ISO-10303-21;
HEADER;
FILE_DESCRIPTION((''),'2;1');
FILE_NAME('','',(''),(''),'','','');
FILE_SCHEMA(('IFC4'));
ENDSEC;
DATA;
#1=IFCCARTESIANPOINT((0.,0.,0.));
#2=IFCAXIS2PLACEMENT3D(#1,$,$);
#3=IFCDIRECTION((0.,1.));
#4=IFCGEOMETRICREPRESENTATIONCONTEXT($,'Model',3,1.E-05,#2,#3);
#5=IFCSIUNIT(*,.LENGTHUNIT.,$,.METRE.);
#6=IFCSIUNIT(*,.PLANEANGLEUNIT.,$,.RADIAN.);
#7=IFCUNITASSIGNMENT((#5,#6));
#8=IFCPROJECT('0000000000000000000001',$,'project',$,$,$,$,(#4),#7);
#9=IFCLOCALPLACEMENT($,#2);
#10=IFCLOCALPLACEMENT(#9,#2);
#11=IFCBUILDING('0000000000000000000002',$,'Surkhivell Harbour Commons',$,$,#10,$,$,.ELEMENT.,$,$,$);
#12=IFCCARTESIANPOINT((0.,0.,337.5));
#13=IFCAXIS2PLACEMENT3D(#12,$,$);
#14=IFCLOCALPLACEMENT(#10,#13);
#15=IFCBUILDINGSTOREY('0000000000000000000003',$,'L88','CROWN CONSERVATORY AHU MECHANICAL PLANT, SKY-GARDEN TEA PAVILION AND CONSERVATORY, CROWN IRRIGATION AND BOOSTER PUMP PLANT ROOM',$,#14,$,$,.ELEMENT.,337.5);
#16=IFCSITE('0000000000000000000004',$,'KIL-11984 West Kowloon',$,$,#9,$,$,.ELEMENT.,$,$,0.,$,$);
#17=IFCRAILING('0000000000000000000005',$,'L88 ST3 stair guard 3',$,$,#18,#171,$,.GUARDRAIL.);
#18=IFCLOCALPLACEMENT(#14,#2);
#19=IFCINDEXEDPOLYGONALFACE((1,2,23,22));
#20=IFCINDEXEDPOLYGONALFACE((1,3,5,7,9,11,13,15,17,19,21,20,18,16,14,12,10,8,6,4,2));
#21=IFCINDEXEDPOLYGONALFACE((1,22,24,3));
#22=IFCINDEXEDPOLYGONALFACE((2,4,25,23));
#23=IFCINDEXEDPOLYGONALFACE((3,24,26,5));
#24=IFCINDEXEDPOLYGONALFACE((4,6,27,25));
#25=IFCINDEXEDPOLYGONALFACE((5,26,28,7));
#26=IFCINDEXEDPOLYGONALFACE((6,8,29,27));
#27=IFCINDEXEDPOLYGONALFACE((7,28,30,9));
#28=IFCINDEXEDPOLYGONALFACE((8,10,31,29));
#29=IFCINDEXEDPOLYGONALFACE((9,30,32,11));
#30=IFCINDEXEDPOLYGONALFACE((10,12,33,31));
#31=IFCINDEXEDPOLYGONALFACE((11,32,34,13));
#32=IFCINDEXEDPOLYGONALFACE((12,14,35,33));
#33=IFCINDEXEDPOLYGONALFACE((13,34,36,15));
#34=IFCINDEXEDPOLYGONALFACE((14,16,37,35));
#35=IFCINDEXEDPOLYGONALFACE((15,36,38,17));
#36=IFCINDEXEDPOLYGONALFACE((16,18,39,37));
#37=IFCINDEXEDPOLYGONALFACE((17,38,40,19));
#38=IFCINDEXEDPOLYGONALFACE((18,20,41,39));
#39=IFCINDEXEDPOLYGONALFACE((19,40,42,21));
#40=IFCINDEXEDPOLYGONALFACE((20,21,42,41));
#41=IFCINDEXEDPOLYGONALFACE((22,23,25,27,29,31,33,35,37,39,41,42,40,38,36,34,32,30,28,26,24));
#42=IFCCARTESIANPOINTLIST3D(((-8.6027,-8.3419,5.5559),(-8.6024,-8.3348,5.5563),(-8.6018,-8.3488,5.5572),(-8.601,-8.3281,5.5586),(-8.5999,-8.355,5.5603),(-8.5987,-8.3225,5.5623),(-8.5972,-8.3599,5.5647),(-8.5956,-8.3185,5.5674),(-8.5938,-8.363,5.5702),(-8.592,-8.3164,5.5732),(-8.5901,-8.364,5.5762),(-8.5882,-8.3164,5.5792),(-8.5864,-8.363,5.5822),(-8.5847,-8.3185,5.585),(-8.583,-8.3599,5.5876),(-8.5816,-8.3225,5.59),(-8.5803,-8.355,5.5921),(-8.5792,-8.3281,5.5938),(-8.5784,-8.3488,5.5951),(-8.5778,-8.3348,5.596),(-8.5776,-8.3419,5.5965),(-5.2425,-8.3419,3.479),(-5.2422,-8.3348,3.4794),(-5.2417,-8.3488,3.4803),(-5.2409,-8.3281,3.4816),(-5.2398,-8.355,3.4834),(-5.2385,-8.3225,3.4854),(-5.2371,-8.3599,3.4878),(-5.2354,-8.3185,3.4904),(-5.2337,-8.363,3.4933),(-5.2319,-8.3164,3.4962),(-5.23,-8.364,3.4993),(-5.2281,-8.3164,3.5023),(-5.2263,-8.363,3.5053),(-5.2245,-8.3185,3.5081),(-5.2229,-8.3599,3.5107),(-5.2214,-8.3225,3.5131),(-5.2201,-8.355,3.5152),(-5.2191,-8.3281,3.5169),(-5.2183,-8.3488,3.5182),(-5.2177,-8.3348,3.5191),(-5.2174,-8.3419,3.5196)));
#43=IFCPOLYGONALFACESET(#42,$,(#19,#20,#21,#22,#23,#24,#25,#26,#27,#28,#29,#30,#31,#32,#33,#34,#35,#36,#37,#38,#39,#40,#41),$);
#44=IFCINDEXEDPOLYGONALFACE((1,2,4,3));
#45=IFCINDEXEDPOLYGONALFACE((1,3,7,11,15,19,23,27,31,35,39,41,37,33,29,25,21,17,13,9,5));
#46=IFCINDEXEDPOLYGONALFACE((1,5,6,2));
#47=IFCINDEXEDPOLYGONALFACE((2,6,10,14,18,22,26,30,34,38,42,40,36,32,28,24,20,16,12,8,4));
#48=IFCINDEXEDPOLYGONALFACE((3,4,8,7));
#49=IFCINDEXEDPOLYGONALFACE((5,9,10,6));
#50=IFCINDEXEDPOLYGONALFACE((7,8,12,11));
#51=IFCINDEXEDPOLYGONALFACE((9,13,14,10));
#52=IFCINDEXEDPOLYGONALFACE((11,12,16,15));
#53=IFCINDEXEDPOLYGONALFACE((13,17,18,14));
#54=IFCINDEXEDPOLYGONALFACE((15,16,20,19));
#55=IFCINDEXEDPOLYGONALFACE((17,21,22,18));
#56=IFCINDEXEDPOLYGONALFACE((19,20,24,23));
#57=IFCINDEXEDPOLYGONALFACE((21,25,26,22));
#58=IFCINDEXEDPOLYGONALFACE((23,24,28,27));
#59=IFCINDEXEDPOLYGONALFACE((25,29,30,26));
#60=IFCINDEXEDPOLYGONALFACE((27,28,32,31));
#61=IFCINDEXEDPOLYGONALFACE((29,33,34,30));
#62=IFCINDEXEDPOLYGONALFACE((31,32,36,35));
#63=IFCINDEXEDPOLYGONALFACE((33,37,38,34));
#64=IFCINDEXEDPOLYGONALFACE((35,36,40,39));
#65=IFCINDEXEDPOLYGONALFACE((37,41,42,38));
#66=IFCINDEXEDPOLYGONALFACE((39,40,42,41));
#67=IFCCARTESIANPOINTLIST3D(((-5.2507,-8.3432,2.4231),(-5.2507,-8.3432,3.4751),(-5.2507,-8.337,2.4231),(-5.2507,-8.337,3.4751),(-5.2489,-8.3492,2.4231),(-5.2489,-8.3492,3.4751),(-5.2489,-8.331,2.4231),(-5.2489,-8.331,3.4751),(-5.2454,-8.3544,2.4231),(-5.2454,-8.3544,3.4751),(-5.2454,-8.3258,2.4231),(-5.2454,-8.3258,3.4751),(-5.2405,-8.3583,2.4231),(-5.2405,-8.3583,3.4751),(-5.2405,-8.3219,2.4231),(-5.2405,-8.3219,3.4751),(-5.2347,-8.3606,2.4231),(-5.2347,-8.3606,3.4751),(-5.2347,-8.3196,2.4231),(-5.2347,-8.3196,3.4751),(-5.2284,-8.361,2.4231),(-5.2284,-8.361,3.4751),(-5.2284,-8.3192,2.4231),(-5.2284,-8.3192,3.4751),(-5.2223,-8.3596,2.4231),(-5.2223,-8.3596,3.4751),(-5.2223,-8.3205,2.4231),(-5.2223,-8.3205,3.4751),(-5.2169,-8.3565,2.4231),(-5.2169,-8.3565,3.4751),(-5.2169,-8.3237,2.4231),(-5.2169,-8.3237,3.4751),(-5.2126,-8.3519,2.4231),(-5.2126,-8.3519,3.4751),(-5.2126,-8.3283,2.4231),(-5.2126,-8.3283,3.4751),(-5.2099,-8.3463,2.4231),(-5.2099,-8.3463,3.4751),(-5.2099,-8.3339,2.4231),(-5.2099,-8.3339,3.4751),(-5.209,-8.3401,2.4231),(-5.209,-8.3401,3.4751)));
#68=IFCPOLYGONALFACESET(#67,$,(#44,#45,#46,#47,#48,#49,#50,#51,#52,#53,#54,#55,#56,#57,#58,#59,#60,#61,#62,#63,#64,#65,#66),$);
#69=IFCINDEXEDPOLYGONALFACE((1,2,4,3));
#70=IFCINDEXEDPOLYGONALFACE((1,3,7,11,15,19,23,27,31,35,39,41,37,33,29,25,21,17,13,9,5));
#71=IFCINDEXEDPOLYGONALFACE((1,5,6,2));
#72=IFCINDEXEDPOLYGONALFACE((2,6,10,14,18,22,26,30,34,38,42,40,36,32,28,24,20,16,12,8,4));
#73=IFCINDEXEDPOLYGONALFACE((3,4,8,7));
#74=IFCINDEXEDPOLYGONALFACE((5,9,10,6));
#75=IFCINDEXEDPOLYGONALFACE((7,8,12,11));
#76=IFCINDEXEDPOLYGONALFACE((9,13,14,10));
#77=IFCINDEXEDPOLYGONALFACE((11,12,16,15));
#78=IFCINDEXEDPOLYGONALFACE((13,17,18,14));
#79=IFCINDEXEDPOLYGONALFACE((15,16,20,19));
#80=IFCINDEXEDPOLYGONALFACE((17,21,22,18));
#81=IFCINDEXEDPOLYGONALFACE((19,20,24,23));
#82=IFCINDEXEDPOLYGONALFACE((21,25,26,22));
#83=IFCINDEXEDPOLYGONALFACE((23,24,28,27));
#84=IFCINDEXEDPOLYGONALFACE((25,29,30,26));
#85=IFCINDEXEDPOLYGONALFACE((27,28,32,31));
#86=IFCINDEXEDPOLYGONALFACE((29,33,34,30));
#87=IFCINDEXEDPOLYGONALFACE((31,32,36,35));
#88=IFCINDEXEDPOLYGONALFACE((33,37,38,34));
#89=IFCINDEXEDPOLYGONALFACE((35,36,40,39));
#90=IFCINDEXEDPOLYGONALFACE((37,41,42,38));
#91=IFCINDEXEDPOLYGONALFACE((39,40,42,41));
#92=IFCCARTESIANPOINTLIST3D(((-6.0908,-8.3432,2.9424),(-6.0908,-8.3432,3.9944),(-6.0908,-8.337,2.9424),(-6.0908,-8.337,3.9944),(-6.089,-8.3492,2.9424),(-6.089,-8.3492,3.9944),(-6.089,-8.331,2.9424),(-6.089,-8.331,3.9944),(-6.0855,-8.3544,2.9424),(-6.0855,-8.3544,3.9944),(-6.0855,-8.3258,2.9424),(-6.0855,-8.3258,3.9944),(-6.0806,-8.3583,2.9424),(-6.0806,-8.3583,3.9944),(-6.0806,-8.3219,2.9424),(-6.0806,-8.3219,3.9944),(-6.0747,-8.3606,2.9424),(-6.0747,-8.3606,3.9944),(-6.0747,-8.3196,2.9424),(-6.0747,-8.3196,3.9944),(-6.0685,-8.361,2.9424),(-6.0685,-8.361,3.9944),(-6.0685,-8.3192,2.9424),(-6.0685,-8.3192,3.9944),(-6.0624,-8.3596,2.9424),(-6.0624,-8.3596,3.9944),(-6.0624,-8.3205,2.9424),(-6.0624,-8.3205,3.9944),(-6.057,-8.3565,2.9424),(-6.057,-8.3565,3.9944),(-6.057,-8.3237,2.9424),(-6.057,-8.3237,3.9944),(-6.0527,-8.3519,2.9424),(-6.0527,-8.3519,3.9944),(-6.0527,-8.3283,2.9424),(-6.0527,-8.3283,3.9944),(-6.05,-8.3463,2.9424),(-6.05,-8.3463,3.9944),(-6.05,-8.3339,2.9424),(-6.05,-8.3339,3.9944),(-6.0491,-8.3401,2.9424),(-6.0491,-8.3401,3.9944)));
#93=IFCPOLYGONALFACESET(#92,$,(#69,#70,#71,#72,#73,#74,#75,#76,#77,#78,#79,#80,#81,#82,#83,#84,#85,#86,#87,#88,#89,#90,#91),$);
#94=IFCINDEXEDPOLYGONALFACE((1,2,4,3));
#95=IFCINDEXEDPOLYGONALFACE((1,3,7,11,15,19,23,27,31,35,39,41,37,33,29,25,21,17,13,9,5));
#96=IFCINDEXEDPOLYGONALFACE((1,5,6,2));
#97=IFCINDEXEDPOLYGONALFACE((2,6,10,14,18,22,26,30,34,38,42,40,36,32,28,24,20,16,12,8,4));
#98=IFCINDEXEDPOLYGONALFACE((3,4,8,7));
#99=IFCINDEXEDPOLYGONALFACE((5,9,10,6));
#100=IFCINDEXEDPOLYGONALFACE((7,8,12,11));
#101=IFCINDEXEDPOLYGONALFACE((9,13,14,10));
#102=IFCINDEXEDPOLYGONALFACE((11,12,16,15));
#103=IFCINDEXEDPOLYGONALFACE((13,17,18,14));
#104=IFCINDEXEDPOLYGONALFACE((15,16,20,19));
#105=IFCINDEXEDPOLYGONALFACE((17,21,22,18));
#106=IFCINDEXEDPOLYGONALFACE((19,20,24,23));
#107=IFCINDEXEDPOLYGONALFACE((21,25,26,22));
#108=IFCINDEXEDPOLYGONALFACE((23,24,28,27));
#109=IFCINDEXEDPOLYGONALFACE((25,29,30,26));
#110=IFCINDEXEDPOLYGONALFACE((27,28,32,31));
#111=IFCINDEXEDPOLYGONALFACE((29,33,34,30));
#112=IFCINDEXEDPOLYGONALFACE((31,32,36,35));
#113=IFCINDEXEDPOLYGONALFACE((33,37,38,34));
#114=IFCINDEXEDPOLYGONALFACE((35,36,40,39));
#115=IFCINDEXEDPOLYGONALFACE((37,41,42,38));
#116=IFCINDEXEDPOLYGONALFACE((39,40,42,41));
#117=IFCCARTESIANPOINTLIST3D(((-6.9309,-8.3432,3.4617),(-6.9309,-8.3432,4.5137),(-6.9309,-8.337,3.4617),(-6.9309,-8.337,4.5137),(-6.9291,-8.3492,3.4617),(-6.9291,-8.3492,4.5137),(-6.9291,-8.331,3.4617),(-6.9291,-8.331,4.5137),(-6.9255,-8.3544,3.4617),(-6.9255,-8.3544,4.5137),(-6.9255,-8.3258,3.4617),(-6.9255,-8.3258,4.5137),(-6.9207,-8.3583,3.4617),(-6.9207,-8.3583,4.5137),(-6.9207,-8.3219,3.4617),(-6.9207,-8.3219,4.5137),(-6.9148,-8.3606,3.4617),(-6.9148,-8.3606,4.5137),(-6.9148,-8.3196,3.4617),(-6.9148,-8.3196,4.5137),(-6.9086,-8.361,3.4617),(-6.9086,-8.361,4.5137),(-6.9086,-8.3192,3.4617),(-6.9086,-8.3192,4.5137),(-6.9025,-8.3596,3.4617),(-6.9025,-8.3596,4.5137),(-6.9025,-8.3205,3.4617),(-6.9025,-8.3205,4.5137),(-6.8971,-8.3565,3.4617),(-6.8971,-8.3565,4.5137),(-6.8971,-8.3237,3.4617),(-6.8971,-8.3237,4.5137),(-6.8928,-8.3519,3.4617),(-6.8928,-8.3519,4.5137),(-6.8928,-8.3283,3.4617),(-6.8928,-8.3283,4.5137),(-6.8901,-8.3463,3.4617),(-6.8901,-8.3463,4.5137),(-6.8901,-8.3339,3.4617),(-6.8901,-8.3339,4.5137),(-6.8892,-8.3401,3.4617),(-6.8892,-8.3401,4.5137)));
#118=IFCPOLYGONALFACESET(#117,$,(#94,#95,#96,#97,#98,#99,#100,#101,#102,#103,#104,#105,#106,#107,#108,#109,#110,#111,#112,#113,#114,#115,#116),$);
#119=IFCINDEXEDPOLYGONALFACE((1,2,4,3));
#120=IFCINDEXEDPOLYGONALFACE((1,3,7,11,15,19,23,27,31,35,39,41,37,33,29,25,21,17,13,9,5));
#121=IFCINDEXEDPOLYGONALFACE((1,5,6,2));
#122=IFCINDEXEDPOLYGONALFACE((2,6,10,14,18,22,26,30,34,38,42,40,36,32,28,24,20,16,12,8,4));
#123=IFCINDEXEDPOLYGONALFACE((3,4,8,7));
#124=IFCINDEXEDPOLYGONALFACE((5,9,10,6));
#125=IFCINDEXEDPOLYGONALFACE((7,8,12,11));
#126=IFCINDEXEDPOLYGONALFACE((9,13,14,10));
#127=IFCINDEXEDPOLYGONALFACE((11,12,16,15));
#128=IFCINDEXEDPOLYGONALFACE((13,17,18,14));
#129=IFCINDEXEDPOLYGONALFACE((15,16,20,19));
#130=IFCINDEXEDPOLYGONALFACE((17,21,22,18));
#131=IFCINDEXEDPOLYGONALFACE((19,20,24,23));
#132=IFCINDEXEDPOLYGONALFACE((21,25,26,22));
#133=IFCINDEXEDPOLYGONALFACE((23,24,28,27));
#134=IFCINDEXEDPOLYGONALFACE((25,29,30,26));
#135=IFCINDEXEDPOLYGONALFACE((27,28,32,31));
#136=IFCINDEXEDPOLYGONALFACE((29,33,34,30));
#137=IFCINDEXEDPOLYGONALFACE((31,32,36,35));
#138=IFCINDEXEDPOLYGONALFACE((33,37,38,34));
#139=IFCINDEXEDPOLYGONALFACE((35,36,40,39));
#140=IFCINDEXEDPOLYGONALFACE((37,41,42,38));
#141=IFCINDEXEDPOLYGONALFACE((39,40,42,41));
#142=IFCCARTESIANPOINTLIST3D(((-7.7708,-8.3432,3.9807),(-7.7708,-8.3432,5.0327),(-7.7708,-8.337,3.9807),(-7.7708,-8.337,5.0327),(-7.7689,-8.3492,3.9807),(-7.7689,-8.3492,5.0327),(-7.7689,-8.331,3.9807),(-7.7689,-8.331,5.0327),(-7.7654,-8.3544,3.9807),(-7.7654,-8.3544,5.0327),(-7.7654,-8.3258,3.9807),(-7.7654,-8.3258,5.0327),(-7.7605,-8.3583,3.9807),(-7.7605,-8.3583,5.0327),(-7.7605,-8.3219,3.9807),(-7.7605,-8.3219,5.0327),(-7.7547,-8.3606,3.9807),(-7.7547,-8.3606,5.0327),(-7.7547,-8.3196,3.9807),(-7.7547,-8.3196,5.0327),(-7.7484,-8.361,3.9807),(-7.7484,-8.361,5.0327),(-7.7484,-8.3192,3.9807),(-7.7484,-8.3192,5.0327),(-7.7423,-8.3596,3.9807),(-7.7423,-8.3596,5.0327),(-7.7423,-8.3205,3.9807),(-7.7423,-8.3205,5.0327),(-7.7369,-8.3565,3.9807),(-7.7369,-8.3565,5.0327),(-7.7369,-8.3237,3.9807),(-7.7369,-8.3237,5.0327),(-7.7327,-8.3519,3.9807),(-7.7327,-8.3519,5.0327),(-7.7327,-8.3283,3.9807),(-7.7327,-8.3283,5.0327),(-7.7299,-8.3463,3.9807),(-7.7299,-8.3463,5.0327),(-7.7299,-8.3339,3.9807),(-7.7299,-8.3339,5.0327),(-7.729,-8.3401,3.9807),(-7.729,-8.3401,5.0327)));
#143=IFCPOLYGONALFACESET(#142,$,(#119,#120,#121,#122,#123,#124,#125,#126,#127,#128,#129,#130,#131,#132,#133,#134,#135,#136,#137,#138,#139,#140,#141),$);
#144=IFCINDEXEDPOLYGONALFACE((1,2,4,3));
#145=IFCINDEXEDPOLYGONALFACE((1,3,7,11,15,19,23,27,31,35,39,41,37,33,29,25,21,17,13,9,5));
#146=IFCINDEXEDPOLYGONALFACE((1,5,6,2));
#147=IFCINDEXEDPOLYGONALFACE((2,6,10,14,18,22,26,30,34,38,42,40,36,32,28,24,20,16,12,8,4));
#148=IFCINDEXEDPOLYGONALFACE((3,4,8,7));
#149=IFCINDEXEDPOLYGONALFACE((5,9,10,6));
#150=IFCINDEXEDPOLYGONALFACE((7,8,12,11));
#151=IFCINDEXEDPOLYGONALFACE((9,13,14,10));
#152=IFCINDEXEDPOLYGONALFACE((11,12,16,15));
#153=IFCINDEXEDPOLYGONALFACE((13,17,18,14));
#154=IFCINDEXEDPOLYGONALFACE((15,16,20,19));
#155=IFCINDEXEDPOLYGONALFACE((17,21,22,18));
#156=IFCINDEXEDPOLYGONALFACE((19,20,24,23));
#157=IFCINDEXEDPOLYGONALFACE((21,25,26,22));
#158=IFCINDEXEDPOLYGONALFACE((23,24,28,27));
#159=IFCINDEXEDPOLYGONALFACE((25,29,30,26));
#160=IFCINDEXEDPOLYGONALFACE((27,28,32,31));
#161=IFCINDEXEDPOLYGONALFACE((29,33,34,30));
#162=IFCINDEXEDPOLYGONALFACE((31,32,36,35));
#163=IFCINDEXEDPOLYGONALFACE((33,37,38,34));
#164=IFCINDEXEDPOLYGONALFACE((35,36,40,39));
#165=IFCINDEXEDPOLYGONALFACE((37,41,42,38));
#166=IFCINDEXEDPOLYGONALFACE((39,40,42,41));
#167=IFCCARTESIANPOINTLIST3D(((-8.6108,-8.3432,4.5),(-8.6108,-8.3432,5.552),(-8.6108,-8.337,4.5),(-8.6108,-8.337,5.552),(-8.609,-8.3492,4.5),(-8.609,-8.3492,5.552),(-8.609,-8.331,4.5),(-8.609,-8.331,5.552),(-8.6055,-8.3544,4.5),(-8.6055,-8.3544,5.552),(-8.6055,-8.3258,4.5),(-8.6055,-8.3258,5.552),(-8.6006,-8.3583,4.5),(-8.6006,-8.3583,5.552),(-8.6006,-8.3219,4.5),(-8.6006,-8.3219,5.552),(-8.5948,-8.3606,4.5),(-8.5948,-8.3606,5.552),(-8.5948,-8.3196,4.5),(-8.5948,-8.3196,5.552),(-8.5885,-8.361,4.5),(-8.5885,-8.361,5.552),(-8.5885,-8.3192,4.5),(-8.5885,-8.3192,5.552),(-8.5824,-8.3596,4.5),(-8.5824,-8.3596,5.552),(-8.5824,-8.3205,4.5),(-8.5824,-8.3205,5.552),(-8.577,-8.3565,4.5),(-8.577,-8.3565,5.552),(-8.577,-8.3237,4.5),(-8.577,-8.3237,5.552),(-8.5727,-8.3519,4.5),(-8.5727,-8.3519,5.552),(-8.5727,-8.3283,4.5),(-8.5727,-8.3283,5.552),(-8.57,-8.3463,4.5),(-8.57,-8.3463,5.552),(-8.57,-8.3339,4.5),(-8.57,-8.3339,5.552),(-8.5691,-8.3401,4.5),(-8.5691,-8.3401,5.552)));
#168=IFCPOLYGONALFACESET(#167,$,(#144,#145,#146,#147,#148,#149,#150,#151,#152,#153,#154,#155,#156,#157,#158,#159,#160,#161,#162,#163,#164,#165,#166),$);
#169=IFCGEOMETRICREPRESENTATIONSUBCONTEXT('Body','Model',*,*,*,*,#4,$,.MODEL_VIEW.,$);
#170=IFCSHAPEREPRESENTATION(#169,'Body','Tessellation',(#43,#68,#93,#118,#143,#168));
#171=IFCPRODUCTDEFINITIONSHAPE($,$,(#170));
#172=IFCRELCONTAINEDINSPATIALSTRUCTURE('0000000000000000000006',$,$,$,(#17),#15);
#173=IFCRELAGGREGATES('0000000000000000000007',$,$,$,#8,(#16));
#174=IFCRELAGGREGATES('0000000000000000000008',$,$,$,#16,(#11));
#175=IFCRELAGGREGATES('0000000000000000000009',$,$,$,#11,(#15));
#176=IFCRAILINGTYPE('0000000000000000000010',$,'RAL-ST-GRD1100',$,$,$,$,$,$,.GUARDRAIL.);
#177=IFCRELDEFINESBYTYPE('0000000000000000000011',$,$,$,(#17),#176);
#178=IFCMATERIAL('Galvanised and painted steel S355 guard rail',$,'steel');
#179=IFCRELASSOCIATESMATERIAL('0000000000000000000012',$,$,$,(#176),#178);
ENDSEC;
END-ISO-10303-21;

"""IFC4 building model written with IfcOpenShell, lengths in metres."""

from ifc_helpers import new_model, si_unit, direction, frame, origin, origin_2d, place, context, subcontext, project, spatial, circle, extrude, material, type_object, element, save


model = new_model("IFC4")

# Units and contexts
model_context = context("Model", 3, precision=1e-05, world=origin(), true_north=direction((0.0, 1.0)))
body_context = subcontext(model_context, "Body", "Model", "MODEL_VIEW")
ifc_project = project(units=[si_unit("LENGTHUNIT", "METRE"), si_unit("PLANEANGLEUNIT", "RADIAN")], contexts=[model_context])

# Site, building, storey
site_placement = place(None, origin())
site = spatial("IfcSite", under=ifc_project, at=site_placement, Name="KIL-11984 West Kowloon", CompositionType="ELEMENT", RefElevation=0.0)
building_placement = place(site_placement, origin())
building = spatial("IfcBuilding", under=site, at=building_placement, Name="Surkhivell Harbour Commons", CompositionType="ELEMENT")
storey_placement = place(building_placement, frame((0.0, 0.0, 337.5)))
storey = spatial("IfcBuildingStorey", under=building, at=storey_placement, Name="L88", Description="CROWN CONSERVATORY AHU MECHANICAL PLANT, SKY-GARDEN TEA PAVILION AND CONSERVATORY, CROWN IRRIGATION AND BOOSTER PUMP PLANT ROOM", CompositionType="ELEMENT", Elevation=337.5)

# Railing
ifc_material_1 = material(Name="Galvanised and painted steel S355 guard rail", Category="steel")
railing_type_1 = type_object("IfcRailingType", Name="RAL-ST-GRD1100", PredefinedType="GUARDRAIL", material=ifc_material_1)
railing_1_placement = place(storey_placement, frame((-5.23, -8.3401, 2.4231)))
element("IfcRailing", 1, at=railing_1_placement, inside=storey, type_object=railing_type_1, Name="L88 ST3 stair guard 3", PredefinedType="GUARDRAIL", context=body_context, shape_type="SweptSolid", body=[
    extrude(circle(Radius=0.0239, at=origin_2d()), frame((0.0, 0.0, 1.0762), z_axis=(-0.850623, 0.0, 0.525776), x_axis=(0.0, -1.0, 0.0)), (0.0, 0.0, 1.0), 3.9502),
    extrude(circle(Radius=0.021, at=origin_2d()), origin(), (0.0, 0.0, 1.0), 1.052),
    extrude(circle(Radius=0.021, at=origin_2d()), frame((-0.8401, 0.0, 0.5193)), (0.0, 0.0, 1.0), 1.052),
    extrude(circle(Radius=0.021, at=origin_2d()), frame((-1.6802, 0.0, 1.0386)), (0.0, 0.0, 1.0), 1.052),
    extrude(circle(Radius=0.021, at=origin_2d()), frame((-2.52, 0.0, 1.5576)), (0.0, 0.0, 1.0), 1.052),
    extrude(circle(Radius=0.021, at=origin_2d()), frame((-3.3601, 0.0, 2.0769)), (0.0, 0.0, 1.0), 1.052),
])

save(model, "model.ifc")
